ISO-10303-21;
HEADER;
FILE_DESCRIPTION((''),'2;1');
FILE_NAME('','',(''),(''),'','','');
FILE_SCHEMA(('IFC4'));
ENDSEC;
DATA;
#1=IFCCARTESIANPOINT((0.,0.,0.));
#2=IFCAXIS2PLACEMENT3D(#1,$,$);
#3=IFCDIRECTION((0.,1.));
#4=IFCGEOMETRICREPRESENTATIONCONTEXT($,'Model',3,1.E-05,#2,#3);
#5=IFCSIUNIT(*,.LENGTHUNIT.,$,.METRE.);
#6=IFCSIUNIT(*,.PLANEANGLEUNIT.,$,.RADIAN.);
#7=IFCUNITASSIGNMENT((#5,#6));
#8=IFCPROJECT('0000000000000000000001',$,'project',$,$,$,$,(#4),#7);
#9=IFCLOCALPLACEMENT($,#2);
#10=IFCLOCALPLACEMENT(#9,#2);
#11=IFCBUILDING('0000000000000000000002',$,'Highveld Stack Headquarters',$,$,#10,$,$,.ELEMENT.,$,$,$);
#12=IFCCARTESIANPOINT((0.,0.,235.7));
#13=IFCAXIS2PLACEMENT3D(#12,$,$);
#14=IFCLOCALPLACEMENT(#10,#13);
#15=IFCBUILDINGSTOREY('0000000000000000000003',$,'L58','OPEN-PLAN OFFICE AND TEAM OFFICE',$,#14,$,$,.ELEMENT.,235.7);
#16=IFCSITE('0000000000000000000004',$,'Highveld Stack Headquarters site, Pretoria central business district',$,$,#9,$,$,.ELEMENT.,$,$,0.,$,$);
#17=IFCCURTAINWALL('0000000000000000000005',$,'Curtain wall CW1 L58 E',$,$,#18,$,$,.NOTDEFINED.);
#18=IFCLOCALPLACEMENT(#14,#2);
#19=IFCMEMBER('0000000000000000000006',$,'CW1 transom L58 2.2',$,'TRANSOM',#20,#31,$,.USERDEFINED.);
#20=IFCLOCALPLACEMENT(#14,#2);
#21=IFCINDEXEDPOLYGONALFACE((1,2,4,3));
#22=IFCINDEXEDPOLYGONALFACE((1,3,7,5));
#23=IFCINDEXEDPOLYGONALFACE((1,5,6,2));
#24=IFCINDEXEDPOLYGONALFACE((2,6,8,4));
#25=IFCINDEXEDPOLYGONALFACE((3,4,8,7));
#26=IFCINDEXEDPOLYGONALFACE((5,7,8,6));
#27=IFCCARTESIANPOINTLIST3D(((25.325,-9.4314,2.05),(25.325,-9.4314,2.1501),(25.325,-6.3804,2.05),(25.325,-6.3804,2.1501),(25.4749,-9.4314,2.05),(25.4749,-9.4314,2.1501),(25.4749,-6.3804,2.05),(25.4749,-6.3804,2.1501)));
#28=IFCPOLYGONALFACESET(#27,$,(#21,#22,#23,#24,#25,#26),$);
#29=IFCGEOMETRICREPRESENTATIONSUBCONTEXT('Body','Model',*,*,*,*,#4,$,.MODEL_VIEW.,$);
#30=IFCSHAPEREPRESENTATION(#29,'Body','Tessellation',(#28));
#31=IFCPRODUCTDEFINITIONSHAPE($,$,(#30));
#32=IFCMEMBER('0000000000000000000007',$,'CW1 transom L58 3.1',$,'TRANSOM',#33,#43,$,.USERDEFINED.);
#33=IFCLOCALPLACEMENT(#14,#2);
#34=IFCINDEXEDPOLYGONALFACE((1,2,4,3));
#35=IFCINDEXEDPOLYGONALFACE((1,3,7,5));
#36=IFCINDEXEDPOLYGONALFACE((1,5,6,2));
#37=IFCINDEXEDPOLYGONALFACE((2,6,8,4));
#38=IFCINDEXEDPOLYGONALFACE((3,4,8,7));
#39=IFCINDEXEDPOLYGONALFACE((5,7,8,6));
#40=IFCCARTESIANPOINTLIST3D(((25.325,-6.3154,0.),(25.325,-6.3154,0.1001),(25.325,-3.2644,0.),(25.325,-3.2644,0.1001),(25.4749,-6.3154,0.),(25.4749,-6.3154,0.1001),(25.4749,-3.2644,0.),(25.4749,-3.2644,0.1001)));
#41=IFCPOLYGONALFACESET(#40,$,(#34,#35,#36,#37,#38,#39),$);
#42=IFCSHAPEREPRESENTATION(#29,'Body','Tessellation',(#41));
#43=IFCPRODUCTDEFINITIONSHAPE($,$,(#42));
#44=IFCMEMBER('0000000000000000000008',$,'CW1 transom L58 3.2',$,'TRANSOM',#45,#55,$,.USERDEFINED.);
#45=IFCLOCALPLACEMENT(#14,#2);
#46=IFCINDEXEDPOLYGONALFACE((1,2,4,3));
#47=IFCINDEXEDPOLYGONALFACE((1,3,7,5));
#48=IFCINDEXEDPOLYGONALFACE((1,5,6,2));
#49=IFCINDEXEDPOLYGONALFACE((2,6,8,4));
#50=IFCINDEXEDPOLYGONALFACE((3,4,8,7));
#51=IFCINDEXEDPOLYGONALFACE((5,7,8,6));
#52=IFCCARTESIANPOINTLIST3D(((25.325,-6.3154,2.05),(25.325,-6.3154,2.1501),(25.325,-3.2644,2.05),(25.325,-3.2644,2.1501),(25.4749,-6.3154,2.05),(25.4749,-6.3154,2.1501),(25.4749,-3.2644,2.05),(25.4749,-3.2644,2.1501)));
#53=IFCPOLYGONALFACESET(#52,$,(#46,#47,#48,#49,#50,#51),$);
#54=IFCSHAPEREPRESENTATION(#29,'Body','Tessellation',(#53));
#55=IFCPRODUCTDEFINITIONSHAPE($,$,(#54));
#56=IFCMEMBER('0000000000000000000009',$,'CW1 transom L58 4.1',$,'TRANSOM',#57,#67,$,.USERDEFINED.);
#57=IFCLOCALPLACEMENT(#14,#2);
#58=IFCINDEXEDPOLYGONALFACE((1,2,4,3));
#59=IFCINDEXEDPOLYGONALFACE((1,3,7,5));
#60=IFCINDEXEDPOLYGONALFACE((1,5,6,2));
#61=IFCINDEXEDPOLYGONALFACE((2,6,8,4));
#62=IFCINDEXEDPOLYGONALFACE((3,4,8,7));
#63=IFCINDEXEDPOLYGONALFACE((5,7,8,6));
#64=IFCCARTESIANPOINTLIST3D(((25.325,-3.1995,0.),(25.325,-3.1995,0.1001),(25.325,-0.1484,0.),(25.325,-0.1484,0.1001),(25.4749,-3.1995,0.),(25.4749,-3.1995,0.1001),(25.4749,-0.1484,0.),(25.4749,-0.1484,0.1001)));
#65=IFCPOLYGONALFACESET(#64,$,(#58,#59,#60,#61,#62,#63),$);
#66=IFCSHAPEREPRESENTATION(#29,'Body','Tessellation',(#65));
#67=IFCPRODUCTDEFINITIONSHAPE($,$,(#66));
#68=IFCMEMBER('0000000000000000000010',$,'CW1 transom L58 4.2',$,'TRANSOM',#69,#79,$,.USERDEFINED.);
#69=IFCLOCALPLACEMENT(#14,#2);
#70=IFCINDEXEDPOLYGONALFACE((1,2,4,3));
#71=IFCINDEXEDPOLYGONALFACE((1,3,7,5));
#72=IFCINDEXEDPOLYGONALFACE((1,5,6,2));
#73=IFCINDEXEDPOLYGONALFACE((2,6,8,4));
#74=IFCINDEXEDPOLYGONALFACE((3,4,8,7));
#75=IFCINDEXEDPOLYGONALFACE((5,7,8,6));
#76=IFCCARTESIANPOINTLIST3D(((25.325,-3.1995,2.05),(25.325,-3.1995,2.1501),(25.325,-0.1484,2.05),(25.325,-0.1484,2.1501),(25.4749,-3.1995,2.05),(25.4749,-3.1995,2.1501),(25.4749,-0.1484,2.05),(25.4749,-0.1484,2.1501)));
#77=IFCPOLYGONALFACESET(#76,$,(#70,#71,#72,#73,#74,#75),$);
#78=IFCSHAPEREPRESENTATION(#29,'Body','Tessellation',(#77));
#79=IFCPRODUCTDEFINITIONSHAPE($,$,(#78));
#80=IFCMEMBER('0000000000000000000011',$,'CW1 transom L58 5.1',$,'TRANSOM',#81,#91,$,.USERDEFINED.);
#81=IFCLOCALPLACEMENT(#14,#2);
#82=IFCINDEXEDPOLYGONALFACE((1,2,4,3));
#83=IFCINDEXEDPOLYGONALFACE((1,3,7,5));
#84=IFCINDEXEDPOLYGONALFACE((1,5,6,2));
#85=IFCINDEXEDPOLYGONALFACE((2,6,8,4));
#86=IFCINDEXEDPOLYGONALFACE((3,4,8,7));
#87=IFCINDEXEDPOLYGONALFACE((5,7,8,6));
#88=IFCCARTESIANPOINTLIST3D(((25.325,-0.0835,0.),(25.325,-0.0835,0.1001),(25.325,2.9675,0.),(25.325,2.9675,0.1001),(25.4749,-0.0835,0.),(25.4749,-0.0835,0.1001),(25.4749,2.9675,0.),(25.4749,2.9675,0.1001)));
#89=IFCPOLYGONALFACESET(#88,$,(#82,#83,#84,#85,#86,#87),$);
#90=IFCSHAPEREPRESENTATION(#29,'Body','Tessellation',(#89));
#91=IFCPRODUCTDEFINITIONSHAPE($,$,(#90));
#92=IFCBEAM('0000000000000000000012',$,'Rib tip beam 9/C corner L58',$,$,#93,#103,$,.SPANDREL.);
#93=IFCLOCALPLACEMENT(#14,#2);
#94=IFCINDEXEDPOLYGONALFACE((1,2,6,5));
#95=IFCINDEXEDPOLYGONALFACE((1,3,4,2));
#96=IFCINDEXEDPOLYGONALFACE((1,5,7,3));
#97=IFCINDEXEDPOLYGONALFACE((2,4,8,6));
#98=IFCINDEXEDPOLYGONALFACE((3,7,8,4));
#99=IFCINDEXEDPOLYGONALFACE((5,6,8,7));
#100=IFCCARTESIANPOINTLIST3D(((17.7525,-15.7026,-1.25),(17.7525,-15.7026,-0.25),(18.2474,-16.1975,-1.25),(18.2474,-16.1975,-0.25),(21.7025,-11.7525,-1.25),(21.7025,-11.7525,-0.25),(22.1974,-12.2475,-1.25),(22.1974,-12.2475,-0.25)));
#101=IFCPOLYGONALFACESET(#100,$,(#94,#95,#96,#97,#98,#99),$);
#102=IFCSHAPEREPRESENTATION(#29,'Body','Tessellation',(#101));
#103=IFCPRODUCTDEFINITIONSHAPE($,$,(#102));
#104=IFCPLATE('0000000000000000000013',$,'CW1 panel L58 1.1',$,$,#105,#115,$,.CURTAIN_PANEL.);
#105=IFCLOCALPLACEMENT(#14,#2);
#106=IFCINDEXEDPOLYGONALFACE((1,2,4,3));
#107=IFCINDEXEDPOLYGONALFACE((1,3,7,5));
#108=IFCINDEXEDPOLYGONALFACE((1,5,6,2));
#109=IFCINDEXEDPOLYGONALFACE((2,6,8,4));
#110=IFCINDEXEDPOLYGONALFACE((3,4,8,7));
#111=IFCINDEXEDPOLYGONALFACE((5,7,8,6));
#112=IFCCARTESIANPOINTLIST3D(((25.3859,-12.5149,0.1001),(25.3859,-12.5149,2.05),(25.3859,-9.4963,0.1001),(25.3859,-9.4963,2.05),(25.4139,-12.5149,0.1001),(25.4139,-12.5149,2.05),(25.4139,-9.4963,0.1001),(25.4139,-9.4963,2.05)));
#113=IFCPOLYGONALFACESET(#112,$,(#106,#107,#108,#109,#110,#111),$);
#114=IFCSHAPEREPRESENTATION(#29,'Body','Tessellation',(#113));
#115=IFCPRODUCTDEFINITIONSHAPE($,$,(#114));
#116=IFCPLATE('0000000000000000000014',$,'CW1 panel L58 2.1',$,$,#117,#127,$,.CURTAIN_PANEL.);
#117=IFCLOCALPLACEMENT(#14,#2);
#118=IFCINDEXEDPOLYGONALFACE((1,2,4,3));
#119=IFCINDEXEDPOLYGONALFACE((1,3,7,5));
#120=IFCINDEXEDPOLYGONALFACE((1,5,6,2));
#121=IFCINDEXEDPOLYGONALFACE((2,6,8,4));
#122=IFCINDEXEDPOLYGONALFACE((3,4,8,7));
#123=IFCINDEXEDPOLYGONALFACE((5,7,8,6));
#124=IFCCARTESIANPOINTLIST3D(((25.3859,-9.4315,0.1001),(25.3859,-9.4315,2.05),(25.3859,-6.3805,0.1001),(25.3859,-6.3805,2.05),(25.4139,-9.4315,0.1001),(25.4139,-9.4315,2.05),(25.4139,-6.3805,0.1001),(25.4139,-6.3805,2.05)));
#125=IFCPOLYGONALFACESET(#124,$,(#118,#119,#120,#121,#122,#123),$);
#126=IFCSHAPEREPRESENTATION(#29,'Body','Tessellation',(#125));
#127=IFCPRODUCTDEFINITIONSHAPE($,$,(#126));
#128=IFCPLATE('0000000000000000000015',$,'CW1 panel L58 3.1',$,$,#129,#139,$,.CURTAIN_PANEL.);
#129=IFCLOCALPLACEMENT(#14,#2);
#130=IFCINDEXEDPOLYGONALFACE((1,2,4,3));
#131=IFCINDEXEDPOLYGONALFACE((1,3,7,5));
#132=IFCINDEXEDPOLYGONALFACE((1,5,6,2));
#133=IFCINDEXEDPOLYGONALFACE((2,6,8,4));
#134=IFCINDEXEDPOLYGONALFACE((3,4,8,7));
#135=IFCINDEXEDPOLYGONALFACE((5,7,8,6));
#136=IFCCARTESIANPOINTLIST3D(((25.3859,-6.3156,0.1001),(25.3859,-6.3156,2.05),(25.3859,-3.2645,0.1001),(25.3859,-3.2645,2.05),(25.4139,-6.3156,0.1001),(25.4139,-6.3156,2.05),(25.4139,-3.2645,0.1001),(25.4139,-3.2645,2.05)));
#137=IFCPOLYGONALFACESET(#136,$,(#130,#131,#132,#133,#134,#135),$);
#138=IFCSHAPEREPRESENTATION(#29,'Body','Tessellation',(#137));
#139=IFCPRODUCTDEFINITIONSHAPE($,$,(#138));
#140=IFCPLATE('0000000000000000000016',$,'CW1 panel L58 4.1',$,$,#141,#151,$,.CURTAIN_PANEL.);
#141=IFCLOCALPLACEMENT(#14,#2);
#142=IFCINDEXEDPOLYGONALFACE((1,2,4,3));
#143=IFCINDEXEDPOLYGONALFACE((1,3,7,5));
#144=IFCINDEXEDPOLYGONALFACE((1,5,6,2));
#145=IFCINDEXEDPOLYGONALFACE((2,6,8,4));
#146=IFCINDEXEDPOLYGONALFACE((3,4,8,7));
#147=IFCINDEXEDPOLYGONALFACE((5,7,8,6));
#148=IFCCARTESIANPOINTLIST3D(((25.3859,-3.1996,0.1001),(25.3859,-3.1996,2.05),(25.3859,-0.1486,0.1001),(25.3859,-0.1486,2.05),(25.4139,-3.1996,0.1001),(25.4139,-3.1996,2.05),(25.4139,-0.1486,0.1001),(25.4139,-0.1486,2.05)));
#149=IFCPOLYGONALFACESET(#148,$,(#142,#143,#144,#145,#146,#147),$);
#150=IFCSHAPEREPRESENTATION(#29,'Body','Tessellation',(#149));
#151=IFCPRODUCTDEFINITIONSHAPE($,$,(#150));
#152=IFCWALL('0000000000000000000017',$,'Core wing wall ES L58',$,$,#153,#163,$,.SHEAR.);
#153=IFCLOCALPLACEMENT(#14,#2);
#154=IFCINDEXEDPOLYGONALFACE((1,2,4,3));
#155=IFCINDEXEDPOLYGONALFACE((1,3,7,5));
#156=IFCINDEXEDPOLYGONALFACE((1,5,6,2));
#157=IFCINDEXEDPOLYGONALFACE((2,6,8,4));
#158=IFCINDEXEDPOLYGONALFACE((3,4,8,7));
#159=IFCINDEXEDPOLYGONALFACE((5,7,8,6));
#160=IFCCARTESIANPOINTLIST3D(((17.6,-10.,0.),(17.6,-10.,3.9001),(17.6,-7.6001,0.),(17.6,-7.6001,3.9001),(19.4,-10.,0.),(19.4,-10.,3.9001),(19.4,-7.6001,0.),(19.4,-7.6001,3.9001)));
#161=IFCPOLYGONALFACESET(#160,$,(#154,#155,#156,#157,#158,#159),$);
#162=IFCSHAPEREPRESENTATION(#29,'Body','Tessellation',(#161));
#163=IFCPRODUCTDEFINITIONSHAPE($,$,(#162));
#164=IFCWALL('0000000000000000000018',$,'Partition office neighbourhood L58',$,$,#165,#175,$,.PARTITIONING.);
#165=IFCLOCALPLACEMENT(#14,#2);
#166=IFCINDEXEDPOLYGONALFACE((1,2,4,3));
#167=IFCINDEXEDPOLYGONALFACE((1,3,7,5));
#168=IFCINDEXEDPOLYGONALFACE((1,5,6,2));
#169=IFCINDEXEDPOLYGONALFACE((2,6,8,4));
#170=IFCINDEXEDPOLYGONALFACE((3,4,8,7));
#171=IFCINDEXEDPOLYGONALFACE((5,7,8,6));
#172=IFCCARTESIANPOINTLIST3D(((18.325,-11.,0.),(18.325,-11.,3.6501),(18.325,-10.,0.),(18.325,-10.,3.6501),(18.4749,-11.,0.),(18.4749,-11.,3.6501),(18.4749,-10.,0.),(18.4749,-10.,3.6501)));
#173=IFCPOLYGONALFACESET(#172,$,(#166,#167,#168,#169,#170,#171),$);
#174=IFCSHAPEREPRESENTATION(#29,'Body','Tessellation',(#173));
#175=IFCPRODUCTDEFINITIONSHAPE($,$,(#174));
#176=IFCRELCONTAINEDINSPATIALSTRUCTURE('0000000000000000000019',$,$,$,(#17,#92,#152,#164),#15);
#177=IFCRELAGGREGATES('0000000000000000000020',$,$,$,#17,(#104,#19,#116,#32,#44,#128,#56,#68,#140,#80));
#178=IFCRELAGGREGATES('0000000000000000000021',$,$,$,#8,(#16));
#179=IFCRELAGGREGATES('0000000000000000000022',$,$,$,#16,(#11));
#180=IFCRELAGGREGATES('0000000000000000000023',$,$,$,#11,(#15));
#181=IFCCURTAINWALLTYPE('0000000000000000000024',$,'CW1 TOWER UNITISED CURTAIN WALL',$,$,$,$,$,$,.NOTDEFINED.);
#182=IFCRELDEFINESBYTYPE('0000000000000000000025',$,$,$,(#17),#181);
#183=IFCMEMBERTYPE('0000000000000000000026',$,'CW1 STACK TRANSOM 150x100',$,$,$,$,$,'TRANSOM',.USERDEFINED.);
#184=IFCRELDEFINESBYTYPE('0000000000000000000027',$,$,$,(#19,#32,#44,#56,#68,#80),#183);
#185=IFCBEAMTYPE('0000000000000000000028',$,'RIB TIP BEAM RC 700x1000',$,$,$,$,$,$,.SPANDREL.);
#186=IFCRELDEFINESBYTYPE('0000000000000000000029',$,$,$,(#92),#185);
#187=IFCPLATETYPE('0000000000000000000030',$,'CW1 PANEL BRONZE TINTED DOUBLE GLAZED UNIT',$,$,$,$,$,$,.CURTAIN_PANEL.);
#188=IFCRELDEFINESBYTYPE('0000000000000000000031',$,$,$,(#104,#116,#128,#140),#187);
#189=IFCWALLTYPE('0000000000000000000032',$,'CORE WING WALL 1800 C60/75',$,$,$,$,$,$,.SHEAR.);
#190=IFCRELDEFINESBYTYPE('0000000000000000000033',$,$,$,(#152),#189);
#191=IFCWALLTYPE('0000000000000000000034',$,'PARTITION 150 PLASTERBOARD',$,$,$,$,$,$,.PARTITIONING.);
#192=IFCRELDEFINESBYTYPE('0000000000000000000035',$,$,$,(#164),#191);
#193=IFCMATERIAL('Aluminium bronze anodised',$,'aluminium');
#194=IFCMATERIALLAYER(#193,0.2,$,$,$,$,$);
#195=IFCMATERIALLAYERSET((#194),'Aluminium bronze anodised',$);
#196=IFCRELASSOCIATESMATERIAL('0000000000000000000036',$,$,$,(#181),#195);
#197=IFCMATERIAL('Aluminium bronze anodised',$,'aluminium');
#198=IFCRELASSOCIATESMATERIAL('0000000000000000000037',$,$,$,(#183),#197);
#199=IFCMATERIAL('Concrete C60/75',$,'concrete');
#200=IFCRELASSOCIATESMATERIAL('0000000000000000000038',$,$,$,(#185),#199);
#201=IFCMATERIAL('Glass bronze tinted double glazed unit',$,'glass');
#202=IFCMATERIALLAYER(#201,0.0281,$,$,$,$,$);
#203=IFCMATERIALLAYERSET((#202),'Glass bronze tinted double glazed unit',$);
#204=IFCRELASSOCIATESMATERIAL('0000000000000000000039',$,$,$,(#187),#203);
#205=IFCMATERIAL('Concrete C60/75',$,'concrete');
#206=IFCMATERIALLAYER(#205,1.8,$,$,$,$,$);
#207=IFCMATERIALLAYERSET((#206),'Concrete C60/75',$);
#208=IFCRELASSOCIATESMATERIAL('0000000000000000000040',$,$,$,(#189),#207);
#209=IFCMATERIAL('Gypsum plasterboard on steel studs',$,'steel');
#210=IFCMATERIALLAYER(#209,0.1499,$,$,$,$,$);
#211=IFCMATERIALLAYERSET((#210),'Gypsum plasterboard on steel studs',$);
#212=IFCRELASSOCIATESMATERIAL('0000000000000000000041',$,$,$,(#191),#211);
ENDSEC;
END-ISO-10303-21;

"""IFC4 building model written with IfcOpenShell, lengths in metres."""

from ifc_helpers import new_model, si_unit, direction, frame, frame_2d, origin, origin_2d, place, context, subcontext, project, spatial, rectangle, extrude, material, layer, layer_set, material_profile, profile_set, type_object, element, aggregate, save


model = new_model("IFC4")

# Units and contexts
model_context = context("Model", 3, precision=1e-05, world=origin(), true_north=direction((0.0, 1.0)))
body_context = subcontext(model_context, "Body", "Model", "MODEL_VIEW")
ifc_project = project(units=[si_unit("LENGTHUNIT", "METRE"), si_unit("PLANEANGLEUNIT", "RADIAN")], contexts=[model_context])

# Site, building, storey
site_placement = place(None, origin())
site = spatial("IfcSite", under=ifc_project, at=site_placement, Name="Highveld Stack Headquarters site, Pretoria central business district", CompositionType="ELEMENT", RefElevation=0.0)
building_placement = place(site_placement, origin())
building = spatial("IfcBuilding", under=site, at=building_placement, Name="Highveld Stack Headquarters", CompositionType="ELEMENT")
storey_placement = place(building_placement, frame((0.0, 0.0, 235.7)))
storey = spatial("IfcBuildingStorey", under=building, at=storey_placement, Name="L58", Description="OPEN-PLAN OFFICE AND TEAM OFFICE", CompositionType="ELEMENT", Elevation=235.7)

# Curtain wall, members
ifc_material_1 = material(Name="Aluminium bronze anodised", Category="aluminium")
ifc_layer_1 = layer(ifc_material_1, 0.2)
ifc_layer_set_1 = layer_set([ifc_layer_1], Name="Aluminium bronze anodised")
curtain_wall_type = type_object("IfcCurtainWallType", Name="CW1 TOWER UNITISED CURTAIN WALL", PredefinedType="NOTDEFINED", material=ifc_layer_set_1)
curtain_wall_placement = place(storey_placement, origin())
curtain_wall = element("IfcCurtainWall", 1, at=curtain_wall_placement, inside=storey, type_object=curtain_wall_type, Name="Curtain wall CW1 L58 E", PredefinedType="NOTDEFINED")
ifc_material_2 = material(Name="Aluminium bronze anodised", Category="aluminium")
ifc_material_profile_1 = material_profile(ifc_material_2, rectangle(XDim=0.1499, YDim=0.1001, at=origin_2d()), Name="CW1 TRANSOM 150x100")
ifc_profile_set_1 = profile_set([ifc_material_profile_1], Name="Aluminium bronze anodised")
member_type_1 = type_object("IfcMemberType", Name="CW1 STACK TRANSOM 150x100", ElementType="TRANSOM", PredefinedType="USERDEFINED", material=ifc_profile_set_1)
member_1_placement = place(storey_placement, frame((25.3999, -9.4314, 2.1001), z_axis=(0.0, 1.0, 0.0), x_axis=(-1.0, 0.0, 0.0)))
member_1 = element("IfcMember", 2, at=member_1_placement, type_object=member_type_1, Name="CW1 transom L58 2.2", ObjectType="TRANSOM", PredefinedType="USERDEFINED", context=body_context, shape_type="SweptSolid", body=[
    extrude(rectangle(XDim=0.1499, YDim=0.1001, at=origin_2d()), origin(), (0.0, 0.0, 1.0), 3.051),
])
member_2_placement = place(storey_placement, frame((25.3999, -6.3154, 0.05), z_axis=(0.0, 1.0, 0.0), x_axis=(-1.0, 0.0, 0.0)))
member_2 = element("IfcMember", 3, at=member_2_placement, type_object=member_type_1, Name="CW1 transom L58 3.1", ObjectType="TRANSOM", PredefinedType="USERDEFINED", context=body_context, shape_type="SweptSolid", body=[
    extrude(rectangle(XDim=0.1499, YDim=0.1001, at=origin_2d()), origin(), (0.0, 0.0, 1.0), 3.051),
])
member_3_placement = place(storey_placement, frame((25.3999, -6.3154, 2.1001), z_axis=(0.0, 1.0, 0.0), x_axis=(-1.0, 0.0, 0.0)))
member_3 = element("IfcMember", 4, at=member_3_placement, type_object=member_type_1, Name="CW1 transom L58 3.2", ObjectType="TRANSOM", PredefinedType="USERDEFINED", context=body_context, shape_type="SweptSolid", body=[
    extrude(rectangle(XDim=0.1499, YDim=0.1001, at=origin_2d()), origin(), (0.0, 0.0, 1.0), 3.051),
])
member_4_placement = place(storey_placement, frame((25.3999, -3.1995, 0.05), z_axis=(0.0, 1.0, 0.0), x_axis=(-1.0, 0.0, 0.0)))
member_4 = element("IfcMember", 5, at=member_4_placement, type_object=member_type_1, Name="CW1 transom L58 4.1", ObjectType="TRANSOM", PredefinedType="USERDEFINED", context=body_context, shape_type="SweptSolid", body=[
    extrude(rectangle(XDim=0.1499, YDim=0.1001, at=origin_2d()), origin(), (0.0, 0.0, 1.0), 3.051),
])
member_5_placement = place(storey_placement, frame((25.3999, -3.1995, 2.1001), z_axis=(0.0, 1.0, 0.0), x_axis=(-1.0, 0.0, 0.0)))
member_5 = element("IfcMember", 6, at=member_5_placement, type_object=member_type_1, Name="CW1 transom L58 4.2", ObjectType="TRANSOM", PredefinedType="USERDEFINED", context=body_context, shape_type="SweptSolid", body=[
    extrude(rectangle(XDim=0.1499, YDim=0.1001, at=origin_2d()), origin(), (0.0, 0.0, 1.0), 3.051),
])
member_6_placement = place(storey_placement, frame((25.3999, -0.0835, 0.05), z_axis=(0.0, 1.0, 0.0), x_axis=(-1.0, 0.0, 0.0)))
member_6 = element("IfcMember", 7, at=member_6_placement, type_object=member_type_1, Name="CW1 transom L58 5.1", ObjectType="TRANSOM", PredefinedType="USERDEFINED", context=body_context, shape_type="SweptSolid", body=[
    extrude(rectangle(XDim=0.1499, YDim=0.1001, at=origin_2d()), origin(), (0.0, 0.0, 1.0), 3.051),
])

# Beam
ifc_material_3 = material(Name="Concrete C60/75", Category="concrete")
ifc_material_profile_2 = material_profile(ifc_material_3, rectangle(XDim=0.7, YDim=1.0, at=origin_2d()), Name="RC 700x1000")
ifc_profile_set_2 = profile_set([ifc_material_profile_2], Name="Concrete C60/75")
beam_type_1 = type_object("IfcBeamType", Name="RIB TIP BEAM RC 700x1000", PredefinedType="SPANDREL", material=ifc_profile_set_2)
beam_1_placement = place(storey_placement, frame((21.95, -12.0, -0.75), z_axis=(-0.707107, -0.707107, 0.0), x_axis=(0.707107, -0.707107, 0.0)))
element("IfcBeam", 8, at=beam_1_placement, inside=storey, type_object=beam_type_1, Name="Rib tip beam 9/C corner L58", PredefinedType="SPANDREL", context=body_context, shape_type="SweptSolid", body=[
    extrude(rectangle(XDim=0.7, YDim=1.0, at=origin_2d()), origin(), (0.0, 0.0, 1.0), 5.5862),
])

# Plates
ifc_material_4 = material(Name="Glass bronze tinted double glazed unit", Category="glass")
ifc_layer_2 = layer(ifc_material_4, 0.0281)
ifc_layer_set_2 = layer_set([ifc_layer_2], Name="Glass bronze tinted double glazed unit")
plate_type = type_object("IfcPlateType", Name="CW1 PANEL BRONZE TINTED DOUBLE GLAZED UNIT", PredefinedType="CURTAIN_PANEL", material=ifc_layer_set_2)
plate_1_placement = place(storey_placement, frame((25.3999, -11.0056, 0.1001), z_axis=(0.0, 0.0, 1.0), x_axis=(0.0, 1.0, 0.0)))
plate_1 = element("IfcPlate", 9, at=plate_1_placement, type_object=plate_type, Name="CW1 panel L58 1.1", PredefinedType="CURTAIN_PANEL", context=body_context, shape_type="SweptSolid", body=[
    extrude(rectangle(XDim=3.0186, YDim=0.0281, at=origin_2d()), origin(), (0.0, 0.0, 1.0), 1.95),
])
plate_2_placement = place(storey_placement, frame((25.3999, -7.906, 0.1001), z_axis=(0.0, 0.0, 1.0), x_axis=(0.0, 1.0, 0.0)))
plate_2 = element("IfcPlate", 10, at=plate_2_placement, type_object=plate_type, Name="CW1 panel L58 2.1", PredefinedType="CURTAIN_PANEL", context=body_context, shape_type="SweptSolid", body=[
    extrude(rectangle(XDim=3.051, YDim=0.0281, at=origin_2d()), origin(), (0.0, 0.0, 1.0), 1.95),
])
plate_3_placement = place(storey_placement, frame((25.3999, -4.79, 0.1001), z_axis=(0.0, 0.0, 1.0), x_axis=(0.0, 1.0, 0.0)))
plate_3 = element("IfcPlate", 11, at=plate_3_placement, type_object=plate_type, Name="CW1 panel L58 3.1", PredefinedType="CURTAIN_PANEL", context=body_context, shape_type="SweptSolid", body=[
    extrude(rectangle(XDim=3.051, YDim=0.0281, at=origin_2d()), origin(), (0.0, 0.0, 1.0), 1.95),
])
plate_4_placement = place(storey_placement, frame((25.3999, -1.6741, 0.1001), z_axis=(0.0, 0.0, 1.0), x_axis=(0.0, 1.0, 0.0)))
plate_4 = element("IfcPlate", 12, at=plate_4_placement, type_object=plate_type, Name="CW1 panel L58 4.1", PredefinedType="CURTAIN_PANEL", context=body_context, shape_type="SweptSolid", body=[
    extrude(rectangle(XDim=3.051, YDim=0.0281, at=origin_2d()), origin(), (0.0, 0.0, 1.0), 1.95),
])
aggregate(curtain_wall, [plate_1, member_1, plate_2, member_2, member_3, plate_3, member_4, member_5, plate_4, member_6])

# Walls
ifc_material_5 = material(Name="Concrete C60/75", Category="concrete")
ifc_layer_3 = layer(ifc_material_5, 1.8)
ifc_layer_set_3 = layer_set([ifc_layer_3], Name="Concrete C60/75")
wall_type_1 = type_object("IfcWallType", Name="CORE WING WALL 1800 C60/75", PredefinedType="SHEAR", material=ifc_layer_set_3)
wall_1_placement = place(storey_placement, frame((18.5, -10.0, 0.0), z_axis=(0.0, 0.0, 1.0), x_axis=(0.0, 1.0, 0.0)))
element("IfcWall", 13, at=wall_1_placement, inside=storey, type_object=wall_type_1, Name="Core wing wall ES L58", PredefinedType="SHEAR", context=body_context, shape_type="SweptSolid", body=[
    extrude(rectangle(XDim=2.3999, YDim=1.8, at=frame_2d((1.2, 0.0))), origin(), (0.0, 0.0, 1.0), 3.9001),
])
ifc_material_6 = material(Name="Gypsum plasterboard on steel studs", Category="steel")
ifc_layer_4 = layer(ifc_material_6, 0.1499)
ifc_layer_set_4 = layer_set([ifc_layer_4], Name="Gypsum plasterboard on steel studs")
wall_type_2 = type_object("IfcWallType", Name="PARTITION 150 PLASTERBOARD", PredefinedType="PARTITIONING", material=ifc_layer_set_4)
wall_2_placement = place(storey_placement, frame((18.3999, -11.0, 0.0), z_axis=(0.0, 0.0, 1.0), x_axis=(0.0, 1.0, 0.0)))
element("IfcWall", 14, at=wall_2_placement, inside=storey, type_object=wall_type_2, Name="Partition office neighbourhood L58", PredefinedType="PARTITIONING", context=body_context, shape_type="SweptSolid", body=[
    extrude(rectangle(XDim=1.0, YDim=0.1499, at=frame_2d((0.5, 0.0))), origin(), (0.0, 0.0, 1.0), 3.6501),
])

save(model, "model.ifc")
